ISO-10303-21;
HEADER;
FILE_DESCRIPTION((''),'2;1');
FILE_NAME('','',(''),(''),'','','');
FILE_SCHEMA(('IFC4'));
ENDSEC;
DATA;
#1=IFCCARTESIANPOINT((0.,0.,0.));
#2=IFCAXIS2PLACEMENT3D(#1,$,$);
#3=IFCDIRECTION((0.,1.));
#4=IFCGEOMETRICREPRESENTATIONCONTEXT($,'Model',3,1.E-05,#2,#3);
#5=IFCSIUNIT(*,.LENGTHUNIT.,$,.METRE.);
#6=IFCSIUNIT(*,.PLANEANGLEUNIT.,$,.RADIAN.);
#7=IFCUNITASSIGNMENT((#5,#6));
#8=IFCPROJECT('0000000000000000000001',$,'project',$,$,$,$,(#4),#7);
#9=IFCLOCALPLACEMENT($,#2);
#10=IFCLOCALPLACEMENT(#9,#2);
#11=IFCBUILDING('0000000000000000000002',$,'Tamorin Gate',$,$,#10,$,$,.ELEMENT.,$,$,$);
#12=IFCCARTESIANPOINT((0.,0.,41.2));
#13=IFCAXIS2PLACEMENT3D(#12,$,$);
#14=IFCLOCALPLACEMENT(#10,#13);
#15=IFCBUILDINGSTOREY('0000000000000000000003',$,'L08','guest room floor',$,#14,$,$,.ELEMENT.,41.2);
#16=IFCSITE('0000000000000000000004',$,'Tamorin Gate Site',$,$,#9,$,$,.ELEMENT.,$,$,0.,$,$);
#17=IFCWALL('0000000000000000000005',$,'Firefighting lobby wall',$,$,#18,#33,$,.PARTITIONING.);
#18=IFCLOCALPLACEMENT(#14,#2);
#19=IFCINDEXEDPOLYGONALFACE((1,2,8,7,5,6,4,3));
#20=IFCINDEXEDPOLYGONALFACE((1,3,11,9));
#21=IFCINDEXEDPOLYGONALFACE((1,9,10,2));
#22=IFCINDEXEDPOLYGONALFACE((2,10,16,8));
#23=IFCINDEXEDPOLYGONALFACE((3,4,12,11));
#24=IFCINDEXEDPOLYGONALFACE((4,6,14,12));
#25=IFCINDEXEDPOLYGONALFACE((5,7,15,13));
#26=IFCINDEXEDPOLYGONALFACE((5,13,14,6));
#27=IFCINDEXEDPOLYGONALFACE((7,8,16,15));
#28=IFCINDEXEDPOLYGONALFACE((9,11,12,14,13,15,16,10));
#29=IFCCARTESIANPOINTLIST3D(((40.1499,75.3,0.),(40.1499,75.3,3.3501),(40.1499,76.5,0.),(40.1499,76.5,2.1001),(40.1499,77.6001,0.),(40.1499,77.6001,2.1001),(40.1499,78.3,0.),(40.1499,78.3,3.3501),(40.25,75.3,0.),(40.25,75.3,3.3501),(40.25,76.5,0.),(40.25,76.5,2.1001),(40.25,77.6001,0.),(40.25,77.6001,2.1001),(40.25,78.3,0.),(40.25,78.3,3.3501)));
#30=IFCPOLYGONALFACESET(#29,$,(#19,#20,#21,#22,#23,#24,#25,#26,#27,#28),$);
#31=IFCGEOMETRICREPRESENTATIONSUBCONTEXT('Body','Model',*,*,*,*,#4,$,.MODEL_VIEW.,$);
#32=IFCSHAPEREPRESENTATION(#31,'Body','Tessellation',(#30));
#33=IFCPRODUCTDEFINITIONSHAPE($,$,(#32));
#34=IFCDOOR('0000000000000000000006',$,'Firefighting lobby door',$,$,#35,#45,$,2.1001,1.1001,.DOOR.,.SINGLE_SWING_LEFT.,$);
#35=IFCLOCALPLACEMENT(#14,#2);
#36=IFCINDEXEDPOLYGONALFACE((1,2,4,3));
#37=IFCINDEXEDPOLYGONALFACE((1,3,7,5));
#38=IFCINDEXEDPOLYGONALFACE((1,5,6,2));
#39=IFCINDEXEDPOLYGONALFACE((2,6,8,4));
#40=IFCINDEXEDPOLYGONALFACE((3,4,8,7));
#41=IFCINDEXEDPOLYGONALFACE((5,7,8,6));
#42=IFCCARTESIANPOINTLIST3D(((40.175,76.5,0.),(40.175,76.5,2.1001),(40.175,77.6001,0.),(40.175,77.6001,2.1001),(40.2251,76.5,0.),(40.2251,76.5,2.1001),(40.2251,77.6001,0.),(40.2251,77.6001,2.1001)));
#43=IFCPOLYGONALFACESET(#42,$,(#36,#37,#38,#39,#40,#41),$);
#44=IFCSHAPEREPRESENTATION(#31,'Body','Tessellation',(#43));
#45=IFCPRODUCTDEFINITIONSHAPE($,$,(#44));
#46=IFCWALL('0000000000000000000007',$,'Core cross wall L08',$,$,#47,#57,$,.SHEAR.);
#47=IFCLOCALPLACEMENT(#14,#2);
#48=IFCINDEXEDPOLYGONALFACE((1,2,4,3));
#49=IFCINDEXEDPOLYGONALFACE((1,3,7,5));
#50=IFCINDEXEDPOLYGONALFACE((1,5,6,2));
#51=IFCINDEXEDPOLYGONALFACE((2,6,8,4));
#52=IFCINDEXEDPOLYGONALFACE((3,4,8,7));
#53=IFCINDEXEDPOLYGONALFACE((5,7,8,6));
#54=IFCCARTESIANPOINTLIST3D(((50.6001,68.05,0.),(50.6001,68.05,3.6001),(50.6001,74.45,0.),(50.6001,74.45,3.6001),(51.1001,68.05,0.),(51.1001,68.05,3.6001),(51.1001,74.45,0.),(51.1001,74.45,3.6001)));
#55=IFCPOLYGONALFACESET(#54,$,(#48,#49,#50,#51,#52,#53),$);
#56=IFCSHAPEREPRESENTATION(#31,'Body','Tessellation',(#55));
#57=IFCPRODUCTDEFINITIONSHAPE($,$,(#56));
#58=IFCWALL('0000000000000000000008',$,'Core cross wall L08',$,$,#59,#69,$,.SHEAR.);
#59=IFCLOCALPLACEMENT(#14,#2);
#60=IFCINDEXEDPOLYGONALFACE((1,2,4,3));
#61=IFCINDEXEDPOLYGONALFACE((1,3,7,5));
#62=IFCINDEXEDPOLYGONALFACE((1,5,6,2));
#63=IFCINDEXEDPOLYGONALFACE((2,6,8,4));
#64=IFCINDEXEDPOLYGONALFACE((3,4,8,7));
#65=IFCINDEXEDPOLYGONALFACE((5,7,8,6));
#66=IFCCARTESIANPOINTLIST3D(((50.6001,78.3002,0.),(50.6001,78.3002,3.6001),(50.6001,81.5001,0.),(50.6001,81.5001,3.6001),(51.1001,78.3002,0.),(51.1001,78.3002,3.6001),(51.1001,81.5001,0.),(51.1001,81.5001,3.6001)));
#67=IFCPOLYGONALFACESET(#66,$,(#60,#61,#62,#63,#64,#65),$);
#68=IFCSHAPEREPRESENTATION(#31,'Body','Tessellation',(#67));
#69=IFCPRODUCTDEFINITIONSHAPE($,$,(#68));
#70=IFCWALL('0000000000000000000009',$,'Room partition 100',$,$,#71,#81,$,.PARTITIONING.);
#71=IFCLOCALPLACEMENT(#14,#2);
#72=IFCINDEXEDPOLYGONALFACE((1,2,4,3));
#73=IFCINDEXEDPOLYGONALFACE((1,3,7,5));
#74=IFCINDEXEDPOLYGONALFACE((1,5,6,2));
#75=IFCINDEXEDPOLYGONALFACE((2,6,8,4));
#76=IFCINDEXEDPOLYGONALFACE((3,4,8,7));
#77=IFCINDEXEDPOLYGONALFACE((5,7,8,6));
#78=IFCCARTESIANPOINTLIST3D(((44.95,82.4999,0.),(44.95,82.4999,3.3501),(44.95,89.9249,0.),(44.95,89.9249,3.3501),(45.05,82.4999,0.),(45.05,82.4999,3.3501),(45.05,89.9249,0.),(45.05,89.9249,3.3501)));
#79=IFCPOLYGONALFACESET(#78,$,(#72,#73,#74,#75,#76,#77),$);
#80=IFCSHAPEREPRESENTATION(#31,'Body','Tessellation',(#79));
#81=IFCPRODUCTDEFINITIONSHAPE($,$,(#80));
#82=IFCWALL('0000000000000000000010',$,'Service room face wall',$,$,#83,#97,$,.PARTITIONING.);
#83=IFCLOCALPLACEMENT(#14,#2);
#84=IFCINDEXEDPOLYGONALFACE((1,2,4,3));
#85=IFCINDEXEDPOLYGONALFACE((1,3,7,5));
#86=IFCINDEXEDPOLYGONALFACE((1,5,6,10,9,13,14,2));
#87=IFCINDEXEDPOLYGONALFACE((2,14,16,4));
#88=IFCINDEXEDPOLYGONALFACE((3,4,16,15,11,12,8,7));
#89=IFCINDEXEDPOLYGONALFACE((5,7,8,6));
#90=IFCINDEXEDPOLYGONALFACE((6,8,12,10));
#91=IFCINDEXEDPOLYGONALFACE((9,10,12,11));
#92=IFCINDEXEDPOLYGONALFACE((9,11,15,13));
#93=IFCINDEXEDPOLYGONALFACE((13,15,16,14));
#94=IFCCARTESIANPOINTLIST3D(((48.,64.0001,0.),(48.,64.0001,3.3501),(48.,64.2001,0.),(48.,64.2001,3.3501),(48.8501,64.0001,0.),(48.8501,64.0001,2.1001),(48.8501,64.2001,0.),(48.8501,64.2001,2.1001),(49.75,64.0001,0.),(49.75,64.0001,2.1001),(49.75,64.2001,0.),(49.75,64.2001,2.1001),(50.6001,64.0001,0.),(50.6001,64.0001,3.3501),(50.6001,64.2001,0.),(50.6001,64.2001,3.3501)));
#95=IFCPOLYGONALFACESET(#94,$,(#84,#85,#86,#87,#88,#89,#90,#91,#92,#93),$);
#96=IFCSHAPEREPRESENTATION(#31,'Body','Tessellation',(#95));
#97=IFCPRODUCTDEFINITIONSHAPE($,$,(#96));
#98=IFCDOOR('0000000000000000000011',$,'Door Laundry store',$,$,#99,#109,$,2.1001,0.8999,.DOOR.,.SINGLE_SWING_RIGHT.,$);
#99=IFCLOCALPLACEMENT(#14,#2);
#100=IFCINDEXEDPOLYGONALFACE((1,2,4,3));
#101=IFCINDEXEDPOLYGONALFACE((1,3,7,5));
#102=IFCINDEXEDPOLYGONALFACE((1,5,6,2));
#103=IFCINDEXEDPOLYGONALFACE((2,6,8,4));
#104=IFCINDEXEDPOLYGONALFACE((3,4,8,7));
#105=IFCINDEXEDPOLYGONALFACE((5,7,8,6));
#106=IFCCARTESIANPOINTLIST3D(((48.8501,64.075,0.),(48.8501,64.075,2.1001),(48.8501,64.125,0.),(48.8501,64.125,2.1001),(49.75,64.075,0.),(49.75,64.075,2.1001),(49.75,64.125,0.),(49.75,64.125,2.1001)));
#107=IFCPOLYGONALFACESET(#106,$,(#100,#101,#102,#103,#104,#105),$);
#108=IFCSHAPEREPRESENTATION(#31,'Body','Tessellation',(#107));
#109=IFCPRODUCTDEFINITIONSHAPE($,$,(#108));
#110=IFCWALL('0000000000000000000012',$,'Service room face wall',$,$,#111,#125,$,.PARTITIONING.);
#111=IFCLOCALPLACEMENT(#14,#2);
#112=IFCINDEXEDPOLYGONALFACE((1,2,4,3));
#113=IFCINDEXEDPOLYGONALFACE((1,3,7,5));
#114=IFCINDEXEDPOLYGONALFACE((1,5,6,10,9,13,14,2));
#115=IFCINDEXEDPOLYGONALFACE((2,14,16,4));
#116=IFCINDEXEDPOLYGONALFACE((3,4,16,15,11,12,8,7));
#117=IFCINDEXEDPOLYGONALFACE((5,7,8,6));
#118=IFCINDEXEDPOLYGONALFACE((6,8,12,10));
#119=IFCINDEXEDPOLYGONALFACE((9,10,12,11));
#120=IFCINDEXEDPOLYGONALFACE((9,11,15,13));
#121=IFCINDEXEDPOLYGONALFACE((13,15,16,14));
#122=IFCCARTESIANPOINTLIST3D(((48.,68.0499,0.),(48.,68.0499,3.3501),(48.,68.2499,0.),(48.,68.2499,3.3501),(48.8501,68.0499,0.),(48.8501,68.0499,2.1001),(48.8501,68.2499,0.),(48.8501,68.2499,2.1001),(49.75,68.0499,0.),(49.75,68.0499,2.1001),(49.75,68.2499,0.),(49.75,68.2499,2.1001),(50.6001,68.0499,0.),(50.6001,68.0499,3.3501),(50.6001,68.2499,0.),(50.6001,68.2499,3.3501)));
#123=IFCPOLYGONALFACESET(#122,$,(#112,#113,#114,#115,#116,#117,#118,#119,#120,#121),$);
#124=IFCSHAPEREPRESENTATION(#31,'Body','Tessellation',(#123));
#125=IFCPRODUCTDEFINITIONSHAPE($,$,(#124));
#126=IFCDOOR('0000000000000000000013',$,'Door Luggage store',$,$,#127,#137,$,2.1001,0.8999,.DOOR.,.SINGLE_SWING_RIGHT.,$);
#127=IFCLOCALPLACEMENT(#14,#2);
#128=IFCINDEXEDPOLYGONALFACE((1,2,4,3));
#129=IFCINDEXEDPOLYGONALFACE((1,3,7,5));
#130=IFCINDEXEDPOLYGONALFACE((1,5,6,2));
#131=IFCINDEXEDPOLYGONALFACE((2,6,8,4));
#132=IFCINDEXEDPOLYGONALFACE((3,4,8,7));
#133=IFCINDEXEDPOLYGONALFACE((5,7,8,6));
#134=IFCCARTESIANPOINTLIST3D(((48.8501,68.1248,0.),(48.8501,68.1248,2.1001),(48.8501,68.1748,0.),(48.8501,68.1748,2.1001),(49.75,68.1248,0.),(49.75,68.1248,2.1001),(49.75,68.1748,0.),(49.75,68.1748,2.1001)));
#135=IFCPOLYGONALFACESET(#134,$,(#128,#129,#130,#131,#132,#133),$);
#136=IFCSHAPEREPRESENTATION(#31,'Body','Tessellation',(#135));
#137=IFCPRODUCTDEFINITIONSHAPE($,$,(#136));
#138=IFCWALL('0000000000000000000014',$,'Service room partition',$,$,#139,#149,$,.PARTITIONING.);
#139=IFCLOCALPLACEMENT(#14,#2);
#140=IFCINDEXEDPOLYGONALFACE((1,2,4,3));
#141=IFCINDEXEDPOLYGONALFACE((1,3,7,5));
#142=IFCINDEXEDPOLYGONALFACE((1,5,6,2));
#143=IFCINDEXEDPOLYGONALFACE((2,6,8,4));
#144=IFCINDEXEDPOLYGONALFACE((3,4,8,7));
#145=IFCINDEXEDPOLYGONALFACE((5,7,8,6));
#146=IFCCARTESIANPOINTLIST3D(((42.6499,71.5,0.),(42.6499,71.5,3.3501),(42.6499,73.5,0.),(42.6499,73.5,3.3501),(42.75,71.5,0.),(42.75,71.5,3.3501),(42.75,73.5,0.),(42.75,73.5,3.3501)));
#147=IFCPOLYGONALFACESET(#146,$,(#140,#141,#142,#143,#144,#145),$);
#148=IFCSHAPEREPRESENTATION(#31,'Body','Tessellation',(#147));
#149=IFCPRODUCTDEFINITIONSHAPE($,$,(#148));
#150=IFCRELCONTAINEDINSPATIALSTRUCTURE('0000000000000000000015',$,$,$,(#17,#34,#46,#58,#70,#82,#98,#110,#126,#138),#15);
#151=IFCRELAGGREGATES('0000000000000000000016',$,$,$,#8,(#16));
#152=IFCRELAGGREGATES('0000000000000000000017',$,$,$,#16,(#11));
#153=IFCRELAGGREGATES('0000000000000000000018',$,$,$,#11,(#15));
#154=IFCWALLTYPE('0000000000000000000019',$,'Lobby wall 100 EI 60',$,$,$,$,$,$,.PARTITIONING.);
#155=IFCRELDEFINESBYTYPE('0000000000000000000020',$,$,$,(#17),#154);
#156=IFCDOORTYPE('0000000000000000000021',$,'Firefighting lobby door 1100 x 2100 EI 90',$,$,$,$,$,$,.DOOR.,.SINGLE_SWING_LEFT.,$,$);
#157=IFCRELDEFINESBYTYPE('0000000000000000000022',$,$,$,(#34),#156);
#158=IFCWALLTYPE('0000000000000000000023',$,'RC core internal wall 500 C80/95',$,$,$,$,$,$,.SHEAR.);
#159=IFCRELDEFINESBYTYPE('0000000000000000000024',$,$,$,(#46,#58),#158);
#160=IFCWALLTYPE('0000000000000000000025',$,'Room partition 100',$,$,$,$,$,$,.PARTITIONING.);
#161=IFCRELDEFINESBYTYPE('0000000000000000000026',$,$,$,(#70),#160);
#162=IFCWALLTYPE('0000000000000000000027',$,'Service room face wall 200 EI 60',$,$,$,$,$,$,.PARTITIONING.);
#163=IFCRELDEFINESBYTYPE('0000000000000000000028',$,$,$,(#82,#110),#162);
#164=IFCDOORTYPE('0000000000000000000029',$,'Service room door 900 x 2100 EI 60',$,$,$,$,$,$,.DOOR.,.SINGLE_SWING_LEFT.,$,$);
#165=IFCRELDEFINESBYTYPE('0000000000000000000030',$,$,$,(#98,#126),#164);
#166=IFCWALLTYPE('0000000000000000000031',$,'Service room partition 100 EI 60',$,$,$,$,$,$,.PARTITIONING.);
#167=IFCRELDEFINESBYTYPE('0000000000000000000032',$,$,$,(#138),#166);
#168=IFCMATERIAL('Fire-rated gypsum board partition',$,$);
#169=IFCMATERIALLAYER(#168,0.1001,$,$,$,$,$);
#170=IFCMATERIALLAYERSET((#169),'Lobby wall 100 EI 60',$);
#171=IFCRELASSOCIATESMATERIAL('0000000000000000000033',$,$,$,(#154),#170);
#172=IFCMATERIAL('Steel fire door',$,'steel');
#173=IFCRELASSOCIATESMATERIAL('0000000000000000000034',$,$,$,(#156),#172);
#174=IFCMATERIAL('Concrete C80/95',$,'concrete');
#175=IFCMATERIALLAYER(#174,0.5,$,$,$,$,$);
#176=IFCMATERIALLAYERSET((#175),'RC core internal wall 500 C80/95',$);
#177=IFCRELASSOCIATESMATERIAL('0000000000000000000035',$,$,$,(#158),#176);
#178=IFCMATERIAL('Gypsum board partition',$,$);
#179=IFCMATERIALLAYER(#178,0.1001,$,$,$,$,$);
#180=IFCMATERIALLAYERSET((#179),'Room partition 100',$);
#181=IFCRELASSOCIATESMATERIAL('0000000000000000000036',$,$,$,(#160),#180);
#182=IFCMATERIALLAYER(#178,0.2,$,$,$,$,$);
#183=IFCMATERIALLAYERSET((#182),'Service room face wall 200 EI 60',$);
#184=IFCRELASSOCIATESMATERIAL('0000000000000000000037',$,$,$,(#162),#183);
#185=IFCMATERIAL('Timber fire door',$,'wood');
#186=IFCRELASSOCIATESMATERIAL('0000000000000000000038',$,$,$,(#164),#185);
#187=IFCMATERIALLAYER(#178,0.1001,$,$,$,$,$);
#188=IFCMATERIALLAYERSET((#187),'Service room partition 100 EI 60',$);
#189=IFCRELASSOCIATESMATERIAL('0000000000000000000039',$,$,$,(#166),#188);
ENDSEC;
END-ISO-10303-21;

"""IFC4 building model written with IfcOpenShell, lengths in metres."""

from ifc_helpers import new_model, si_unit, direction, frame, frame_2d, origin, place, context, subcontext, project, spatial, rectangle, extrude, material, layer, layer_set, type_object, element, fill, save


model = new_model("IFC4")

# Units and contexts
model_context = context("Model", 3, precision=1e-05, world=origin(), true_north=direction((0.0, 1.0)))
body_context = subcontext(model_context, "Body", "Model", "MODEL_VIEW")
ifc_project = project(units=[si_unit("LENGTHUNIT", "METRE"), si_unit("PLANEANGLEUNIT", "RADIAN")], contexts=[model_context])

# Site, building, storey
site_placement = place(None, origin())
site = spatial("IfcSite", under=ifc_project, at=site_placement, Name="Tamorin Gate Site", CompositionType="ELEMENT", RefElevation=0.0)
building_placement = place(site_placement, origin())
building = spatial("IfcBuilding", under=site, at=building_placement, Name="Tamorin Gate", CompositionType="ELEMENT")
storey_placement = place(building_placement, frame((0.0, 0.0, 41.2)))
storey = spatial("IfcBuildingStorey", under=building, at=storey_placement, Name="L08", Description="guest room floor", CompositionType="ELEMENT", Elevation=41.2)

# Shared definitions
ifc_material_1 = material(Name="Concrete C80/95", Category="concrete")

# Shared definitions
ifc_material_2 = material(Name="Fire-rated gypsum board partition")
ifc_layer_1 = layer(ifc_material_2, 0.1001)
ifc_layer_set_1 = layer_set([ifc_layer_1], Name="Lobby wall 100 EI 60")
wall_type_1 = type_object("IfcWallType", Name="Lobby wall 100 EI 60", PredefinedType="PARTITIONING", material=ifc_layer_set_1)

# Wall, opening, door
wall_1_placement = place(storey_placement, frame((40.2, 75.3, 0.0), z_axis=(0.0, 0.0, 1.0), x_axis=(0.0, 1.0, 0.0)))
wall_1 = element("IfcWall", 1, at=wall_1_placement, inside=storey, type_object=wall_type_1, Name="Firefighting lobby wall", PredefinedType="PARTITIONING", context=body_context, shape_type="SweptSolid", body=[
    extrude(rectangle(XDim=3.0, YDim=0.1001, at=frame_2d((1.5, 0.0))), origin(), (0.0, 0.0, 1.0), 3.3501),
])
opening_1_placement = place(wall_1_placement, frame((1.2, 0.0, 0.0)))
opening_1 = element("IfcOpeningElement", 2, at=opening_1_placement, cuts=wall_1, PredefinedType="OPENING", context=body_context, shape_type="SweptSolid", body=[
    extrude(rectangle(XDim=1.1001, YDim=2.1001, at=frame_2d((0.55, 1.05))), frame((0.0, 0.0601, 0.0), z_axis=(0.0, -1.0, 0.0), x_axis=(1.0, 0.0, 0.0)), (0.0, 0.0, 1.0), 0.1201),
])
ifc_material_3 = material(Name="Steel fire door", Category="steel")
door_type_1 = type_object("IfcDoorType", Name="Firefighting lobby door 1100 x 2100 EI 90", OperationType="SINGLE_SWING_LEFT", PredefinedType="DOOR", material=ifc_material_3)
door_1_placement = place(opening_1_placement, origin())
door_1 = element("IfcDoor", 3, at=door_1_placement, inside=storey, type_object=door_type_1, Name="Firefighting lobby door", OperationType="SINGLE_SWING_LEFT", OverallHeight=2.1001, OverallWidth=1.1001, PredefinedType="DOOR", context=body_context, shape_type="SweptSolid", body=[
    extrude(rectangle(XDim=1.1001, YDim=2.1001, at=frame_2d((0.55, 1.05))), frame((0.0, 0.0249, 0.0), z_axis=(0.0, -1.0, 0.0), x_axis=(1.0, 0.0, 0.0)), (0.0, 0.0, 1.0), 0.05),
])
fill(opening_1, door_1)

# Walls
ifc_layer_2 = layer(ifc_material_1, 0.5)
ifc_layer_set_2 = layer_set([ifc_layer_2], Name="RC core internal wall 500 C80/95")
wall_type_2 = type_object("IfcWallType", Name="RC core internal wall 500 C80/95", PredefinedType="SHEAR", material=ifc_layer_set_2)
wall_2_placement = place(storey_placement, frame((50.8501, 68.05, 0.0), z_axis=(0.0, 0.0, 1.0), x_axis=(0.0, 1.0, 0.0)))
element("IfcWall", 4, at=wall_2_placement, inside=storey, type_object=wall_type_2, Name="Core cross wall L08", PredefinedType="SHEAR", context=body_context, shape_type="SweptSolid", body=[
    extrude(rectangle(XDim=6.3999, YDim=0.5, at=frame_2d((3.2, 0.0))), origin(), (0.0, 0.0, 1.0), 3.6001),
])
wall_3_placement = place(storey_placement, frame((50.8501, 78.3, 0.0), z_axis=(0.0, 0.0, 1.0), x_axis=(0.0, 1.0, 0.0)))
element("IfcWall", 5, at=wall_3_placement, inside=storey, type_object=wall_type_2, Name="Core cross wall L08", PredefinedType="SHEAR", context=body_context, shape_type="SweptSolid", body=[
    extrude(rectangle(XDim=3.2, YDim=0.5, at=frame_2d((1.6001, 0.0))), origin(), (0.0, 0.0, 1.0), 3.6001),
])
ifc_material_4 = material(Name="Gypsum board partition")
ifc_layer_3 = layer(ifc_material_4, 0.1001)
ifc_layer_set_3 = layer_set([ifc_layer_3], Name="Room partition 100")
wall_type_3 = type_object("IfcWallType", Name="Room partition 100", PredefinedType="PARTITIONING", material=ifc_layer_set_3)
wall_4_placement = place(storey_placement, frame((45.0, 82.5, 0.0), z_axis=(0.0, 0.0, 1.0), x_axis=(0.0, 1.0, 0.0)))
element("IfcWall", 6, at=wall_4_placement, inside=storey, type_object=wall_type_3, Name="Room partition 100", PredefinedType="PARTITIONING", context=body_context, shape_type="SweptSolid", body=[
    extrude(rectangle(XDim=7.425, YDim=0.1001, at=frame_2d((3.7124, 0.0))), origin(), (0.0, 0.0, 1.0), 3.3501),
])

# Walls, openings, doors
ifc_layer_4 = layer(ifc_material_4, 0.2)
ifc_layer_set_4 = layer_set([ifc_layer_4], Name="Service room face wall 200 EI 60")
wall_type_4 = type_object("IfcWallType", Name="Service room face wall 200 EI 60", PredefinedType="PARTITIONING", material=ifc_layer_set_4)
wall_5_placement = place(storey_placement, frame((48.0, 64.1001, 0.0), z_axis=(0.0, 0.0, 1.0), x_axis=(1.0, 0.0, 0.0)))
wall_5 = element("IfcWall", 7, at=wall_5_placement, inside=storey, type_object=wall_type_4, Name="Service room face wall", PredefinedType="PARTITIONING", context=body_context, shape_type="SweptSolid", body=[
    extrude(rectangle(XDim=2.6001, YDim=0.2, at=frame_2d((1.3, 0.0))), origin(), (0.0, 0.0, 1.0), 3.3501),
])
opening_2_placement = place(wall_5_placement, frame((0.8501, 0.0, 0.0)))
opening_2 = element("IfcOpeningElement", 8, at=opening_2_placement, cuts=wall_5, PredefinedType="OPENING", context=body_context, shape_type="SweptSolid", body=[
    extrude(rectangle(XDim=0.8999, YDim=2.1001, at=frame_2d((0.45, 1.05))), frame((0.0, 0.1099, 0.0), z_axis=(0.0, -1.0, 0.0), x_axis=(1.0, 0.0, 0.0)), (0.0, 0.0, 1.0), 0.22),
])
ifc_material_5 = material(Name="Timber fire door", Category="wood")
door_type_2 = type_object("IfcDoorType", Name="Service room door 900 x 2100 EI 60", OperationType="SINGLE_SWING_LEFT", PredefinedType="DOOR", material=ifc_material_5)
door_2_placement = place(opening_2_placement, origin())
door_2 = element("IfcDoor", 9, at=door_2_placement, inside=storey, type_object=door_type_2, Name="Door Laundry store", OperationType="SINGLE_SWING_RIGHT", OverallHeight=2.1001, OverallWidth=0.8999, PredefinedType="DOOR", context=body_context, shape_type="SweptSolid", body=[
    extrude(rectangle(XDim=0.8999, YDim=2.1001, at=frame_2d((0.45, 1.05))), frame((0.0, 0.0249, 0.0), z_axis=(0.0, -1.0, 0.0), x_axis=(1.0, 0.0, 0.0)), (0.0, 0.0, 1.0), 0.05),
])
fill(opening_2, door_2)
wall_6_placement = place(storey_placement, frame((48.0, 68.1499, 0.0), z_axis=(0.0, 0.0, 1.0), x_axis=(1.0, 0.0, 0.0)))
wall_6 = element("IfcWall", 10, at=wall_6_placement, inside=storey, type_object=wall_type_4, Name="Service room face wall", PredefinedType="PARTITIONING", context=body_context, shape_type="SweptSolid", body=[
    extrude(rectangle(XDim=2.6001, YDim=0.2, at=frame_2d((1.3, 0.0))), origin(), (0.0, 0.0, 1.0), 3.3501),
])
opening_3_placement = place(wall_6_placement, frame((0.8501, 0.0, 0.0)))
opening_3 = element("IfcOpeningElement", 11, at=opening_3_placement, cuts=wall_6, PredefinedType="OPENING", context=body_context, shape_type="SweptSolid", body=[
    extrude(rectangle(XDim=0.8999, YDim=2.1001, at=frame_2d((0.45, 1.05))), frame((0.0, 0.1099, 0.0), z_axis=(0.0, -1.0, 0.0), x_axis=(1.0, 0.0, 0.0)), (0.0, 0.0, 1.0), 0.22),
])
door_3_placement = place(opening_3_placement, origin())
door_3 = element("IfcDoor", 12, at=door_3_placement, inside=storey, type_object=door_type_2, Name="Door Luggage store", OperationType="SINGLE_SWING_RIGHT", OverallHeight=2.1001, OverallWidth=0.8999, PredefinedType="DOOR", context=body_context, shape_type="SweptSolid", body=[
    extrude(rectangle(XDim=0.8999, YDim=2.1001, at=frame_2d((0.45, 1.05))), frame((0.0, 0.0249, 0.0), z_axis=(0.0, -1.0, 0.0), x_axis=(1.0, 0.0, 0.0)), (0.0, 0.0, 1.0), 0.05),
])
fill(opening_3, door_3)

# Wall
ifc_layer_5 = layer(ifc_material_4, 0.1001)
ifc_layer_set_5 = layer_set([ifc_layer_5], Name="Service room partition 100 EI 60")
wall_type_5 = type_object("IfcWallType", Name="Service room partition 100 EI 60", PredefinedType="PARTITIONING", material=ifc_layer_set_5)
wall_7_placement = place(storey_placement, frame((42.7, 71.5, 0.0), z_axis=(0.0, 0.0, 1.0), x_axis=(0.0, 1.0, 0.0)))
element("IfcWall", 13, at=wall_7_placement, inside=storey, type_object=wall_type_5, Name="Service room partition", PredefinedType="PARTITIONING", context=body_context, shape_type="SweptSolid", body=[
    extrude(rectangle(XDim=2.0, YDim=0.1001, at=frame_2d((1.0, 0.0))), origin(), (0.0, 0.0, 1.0), 3.3501),
])

save(model, "model.ifc")
